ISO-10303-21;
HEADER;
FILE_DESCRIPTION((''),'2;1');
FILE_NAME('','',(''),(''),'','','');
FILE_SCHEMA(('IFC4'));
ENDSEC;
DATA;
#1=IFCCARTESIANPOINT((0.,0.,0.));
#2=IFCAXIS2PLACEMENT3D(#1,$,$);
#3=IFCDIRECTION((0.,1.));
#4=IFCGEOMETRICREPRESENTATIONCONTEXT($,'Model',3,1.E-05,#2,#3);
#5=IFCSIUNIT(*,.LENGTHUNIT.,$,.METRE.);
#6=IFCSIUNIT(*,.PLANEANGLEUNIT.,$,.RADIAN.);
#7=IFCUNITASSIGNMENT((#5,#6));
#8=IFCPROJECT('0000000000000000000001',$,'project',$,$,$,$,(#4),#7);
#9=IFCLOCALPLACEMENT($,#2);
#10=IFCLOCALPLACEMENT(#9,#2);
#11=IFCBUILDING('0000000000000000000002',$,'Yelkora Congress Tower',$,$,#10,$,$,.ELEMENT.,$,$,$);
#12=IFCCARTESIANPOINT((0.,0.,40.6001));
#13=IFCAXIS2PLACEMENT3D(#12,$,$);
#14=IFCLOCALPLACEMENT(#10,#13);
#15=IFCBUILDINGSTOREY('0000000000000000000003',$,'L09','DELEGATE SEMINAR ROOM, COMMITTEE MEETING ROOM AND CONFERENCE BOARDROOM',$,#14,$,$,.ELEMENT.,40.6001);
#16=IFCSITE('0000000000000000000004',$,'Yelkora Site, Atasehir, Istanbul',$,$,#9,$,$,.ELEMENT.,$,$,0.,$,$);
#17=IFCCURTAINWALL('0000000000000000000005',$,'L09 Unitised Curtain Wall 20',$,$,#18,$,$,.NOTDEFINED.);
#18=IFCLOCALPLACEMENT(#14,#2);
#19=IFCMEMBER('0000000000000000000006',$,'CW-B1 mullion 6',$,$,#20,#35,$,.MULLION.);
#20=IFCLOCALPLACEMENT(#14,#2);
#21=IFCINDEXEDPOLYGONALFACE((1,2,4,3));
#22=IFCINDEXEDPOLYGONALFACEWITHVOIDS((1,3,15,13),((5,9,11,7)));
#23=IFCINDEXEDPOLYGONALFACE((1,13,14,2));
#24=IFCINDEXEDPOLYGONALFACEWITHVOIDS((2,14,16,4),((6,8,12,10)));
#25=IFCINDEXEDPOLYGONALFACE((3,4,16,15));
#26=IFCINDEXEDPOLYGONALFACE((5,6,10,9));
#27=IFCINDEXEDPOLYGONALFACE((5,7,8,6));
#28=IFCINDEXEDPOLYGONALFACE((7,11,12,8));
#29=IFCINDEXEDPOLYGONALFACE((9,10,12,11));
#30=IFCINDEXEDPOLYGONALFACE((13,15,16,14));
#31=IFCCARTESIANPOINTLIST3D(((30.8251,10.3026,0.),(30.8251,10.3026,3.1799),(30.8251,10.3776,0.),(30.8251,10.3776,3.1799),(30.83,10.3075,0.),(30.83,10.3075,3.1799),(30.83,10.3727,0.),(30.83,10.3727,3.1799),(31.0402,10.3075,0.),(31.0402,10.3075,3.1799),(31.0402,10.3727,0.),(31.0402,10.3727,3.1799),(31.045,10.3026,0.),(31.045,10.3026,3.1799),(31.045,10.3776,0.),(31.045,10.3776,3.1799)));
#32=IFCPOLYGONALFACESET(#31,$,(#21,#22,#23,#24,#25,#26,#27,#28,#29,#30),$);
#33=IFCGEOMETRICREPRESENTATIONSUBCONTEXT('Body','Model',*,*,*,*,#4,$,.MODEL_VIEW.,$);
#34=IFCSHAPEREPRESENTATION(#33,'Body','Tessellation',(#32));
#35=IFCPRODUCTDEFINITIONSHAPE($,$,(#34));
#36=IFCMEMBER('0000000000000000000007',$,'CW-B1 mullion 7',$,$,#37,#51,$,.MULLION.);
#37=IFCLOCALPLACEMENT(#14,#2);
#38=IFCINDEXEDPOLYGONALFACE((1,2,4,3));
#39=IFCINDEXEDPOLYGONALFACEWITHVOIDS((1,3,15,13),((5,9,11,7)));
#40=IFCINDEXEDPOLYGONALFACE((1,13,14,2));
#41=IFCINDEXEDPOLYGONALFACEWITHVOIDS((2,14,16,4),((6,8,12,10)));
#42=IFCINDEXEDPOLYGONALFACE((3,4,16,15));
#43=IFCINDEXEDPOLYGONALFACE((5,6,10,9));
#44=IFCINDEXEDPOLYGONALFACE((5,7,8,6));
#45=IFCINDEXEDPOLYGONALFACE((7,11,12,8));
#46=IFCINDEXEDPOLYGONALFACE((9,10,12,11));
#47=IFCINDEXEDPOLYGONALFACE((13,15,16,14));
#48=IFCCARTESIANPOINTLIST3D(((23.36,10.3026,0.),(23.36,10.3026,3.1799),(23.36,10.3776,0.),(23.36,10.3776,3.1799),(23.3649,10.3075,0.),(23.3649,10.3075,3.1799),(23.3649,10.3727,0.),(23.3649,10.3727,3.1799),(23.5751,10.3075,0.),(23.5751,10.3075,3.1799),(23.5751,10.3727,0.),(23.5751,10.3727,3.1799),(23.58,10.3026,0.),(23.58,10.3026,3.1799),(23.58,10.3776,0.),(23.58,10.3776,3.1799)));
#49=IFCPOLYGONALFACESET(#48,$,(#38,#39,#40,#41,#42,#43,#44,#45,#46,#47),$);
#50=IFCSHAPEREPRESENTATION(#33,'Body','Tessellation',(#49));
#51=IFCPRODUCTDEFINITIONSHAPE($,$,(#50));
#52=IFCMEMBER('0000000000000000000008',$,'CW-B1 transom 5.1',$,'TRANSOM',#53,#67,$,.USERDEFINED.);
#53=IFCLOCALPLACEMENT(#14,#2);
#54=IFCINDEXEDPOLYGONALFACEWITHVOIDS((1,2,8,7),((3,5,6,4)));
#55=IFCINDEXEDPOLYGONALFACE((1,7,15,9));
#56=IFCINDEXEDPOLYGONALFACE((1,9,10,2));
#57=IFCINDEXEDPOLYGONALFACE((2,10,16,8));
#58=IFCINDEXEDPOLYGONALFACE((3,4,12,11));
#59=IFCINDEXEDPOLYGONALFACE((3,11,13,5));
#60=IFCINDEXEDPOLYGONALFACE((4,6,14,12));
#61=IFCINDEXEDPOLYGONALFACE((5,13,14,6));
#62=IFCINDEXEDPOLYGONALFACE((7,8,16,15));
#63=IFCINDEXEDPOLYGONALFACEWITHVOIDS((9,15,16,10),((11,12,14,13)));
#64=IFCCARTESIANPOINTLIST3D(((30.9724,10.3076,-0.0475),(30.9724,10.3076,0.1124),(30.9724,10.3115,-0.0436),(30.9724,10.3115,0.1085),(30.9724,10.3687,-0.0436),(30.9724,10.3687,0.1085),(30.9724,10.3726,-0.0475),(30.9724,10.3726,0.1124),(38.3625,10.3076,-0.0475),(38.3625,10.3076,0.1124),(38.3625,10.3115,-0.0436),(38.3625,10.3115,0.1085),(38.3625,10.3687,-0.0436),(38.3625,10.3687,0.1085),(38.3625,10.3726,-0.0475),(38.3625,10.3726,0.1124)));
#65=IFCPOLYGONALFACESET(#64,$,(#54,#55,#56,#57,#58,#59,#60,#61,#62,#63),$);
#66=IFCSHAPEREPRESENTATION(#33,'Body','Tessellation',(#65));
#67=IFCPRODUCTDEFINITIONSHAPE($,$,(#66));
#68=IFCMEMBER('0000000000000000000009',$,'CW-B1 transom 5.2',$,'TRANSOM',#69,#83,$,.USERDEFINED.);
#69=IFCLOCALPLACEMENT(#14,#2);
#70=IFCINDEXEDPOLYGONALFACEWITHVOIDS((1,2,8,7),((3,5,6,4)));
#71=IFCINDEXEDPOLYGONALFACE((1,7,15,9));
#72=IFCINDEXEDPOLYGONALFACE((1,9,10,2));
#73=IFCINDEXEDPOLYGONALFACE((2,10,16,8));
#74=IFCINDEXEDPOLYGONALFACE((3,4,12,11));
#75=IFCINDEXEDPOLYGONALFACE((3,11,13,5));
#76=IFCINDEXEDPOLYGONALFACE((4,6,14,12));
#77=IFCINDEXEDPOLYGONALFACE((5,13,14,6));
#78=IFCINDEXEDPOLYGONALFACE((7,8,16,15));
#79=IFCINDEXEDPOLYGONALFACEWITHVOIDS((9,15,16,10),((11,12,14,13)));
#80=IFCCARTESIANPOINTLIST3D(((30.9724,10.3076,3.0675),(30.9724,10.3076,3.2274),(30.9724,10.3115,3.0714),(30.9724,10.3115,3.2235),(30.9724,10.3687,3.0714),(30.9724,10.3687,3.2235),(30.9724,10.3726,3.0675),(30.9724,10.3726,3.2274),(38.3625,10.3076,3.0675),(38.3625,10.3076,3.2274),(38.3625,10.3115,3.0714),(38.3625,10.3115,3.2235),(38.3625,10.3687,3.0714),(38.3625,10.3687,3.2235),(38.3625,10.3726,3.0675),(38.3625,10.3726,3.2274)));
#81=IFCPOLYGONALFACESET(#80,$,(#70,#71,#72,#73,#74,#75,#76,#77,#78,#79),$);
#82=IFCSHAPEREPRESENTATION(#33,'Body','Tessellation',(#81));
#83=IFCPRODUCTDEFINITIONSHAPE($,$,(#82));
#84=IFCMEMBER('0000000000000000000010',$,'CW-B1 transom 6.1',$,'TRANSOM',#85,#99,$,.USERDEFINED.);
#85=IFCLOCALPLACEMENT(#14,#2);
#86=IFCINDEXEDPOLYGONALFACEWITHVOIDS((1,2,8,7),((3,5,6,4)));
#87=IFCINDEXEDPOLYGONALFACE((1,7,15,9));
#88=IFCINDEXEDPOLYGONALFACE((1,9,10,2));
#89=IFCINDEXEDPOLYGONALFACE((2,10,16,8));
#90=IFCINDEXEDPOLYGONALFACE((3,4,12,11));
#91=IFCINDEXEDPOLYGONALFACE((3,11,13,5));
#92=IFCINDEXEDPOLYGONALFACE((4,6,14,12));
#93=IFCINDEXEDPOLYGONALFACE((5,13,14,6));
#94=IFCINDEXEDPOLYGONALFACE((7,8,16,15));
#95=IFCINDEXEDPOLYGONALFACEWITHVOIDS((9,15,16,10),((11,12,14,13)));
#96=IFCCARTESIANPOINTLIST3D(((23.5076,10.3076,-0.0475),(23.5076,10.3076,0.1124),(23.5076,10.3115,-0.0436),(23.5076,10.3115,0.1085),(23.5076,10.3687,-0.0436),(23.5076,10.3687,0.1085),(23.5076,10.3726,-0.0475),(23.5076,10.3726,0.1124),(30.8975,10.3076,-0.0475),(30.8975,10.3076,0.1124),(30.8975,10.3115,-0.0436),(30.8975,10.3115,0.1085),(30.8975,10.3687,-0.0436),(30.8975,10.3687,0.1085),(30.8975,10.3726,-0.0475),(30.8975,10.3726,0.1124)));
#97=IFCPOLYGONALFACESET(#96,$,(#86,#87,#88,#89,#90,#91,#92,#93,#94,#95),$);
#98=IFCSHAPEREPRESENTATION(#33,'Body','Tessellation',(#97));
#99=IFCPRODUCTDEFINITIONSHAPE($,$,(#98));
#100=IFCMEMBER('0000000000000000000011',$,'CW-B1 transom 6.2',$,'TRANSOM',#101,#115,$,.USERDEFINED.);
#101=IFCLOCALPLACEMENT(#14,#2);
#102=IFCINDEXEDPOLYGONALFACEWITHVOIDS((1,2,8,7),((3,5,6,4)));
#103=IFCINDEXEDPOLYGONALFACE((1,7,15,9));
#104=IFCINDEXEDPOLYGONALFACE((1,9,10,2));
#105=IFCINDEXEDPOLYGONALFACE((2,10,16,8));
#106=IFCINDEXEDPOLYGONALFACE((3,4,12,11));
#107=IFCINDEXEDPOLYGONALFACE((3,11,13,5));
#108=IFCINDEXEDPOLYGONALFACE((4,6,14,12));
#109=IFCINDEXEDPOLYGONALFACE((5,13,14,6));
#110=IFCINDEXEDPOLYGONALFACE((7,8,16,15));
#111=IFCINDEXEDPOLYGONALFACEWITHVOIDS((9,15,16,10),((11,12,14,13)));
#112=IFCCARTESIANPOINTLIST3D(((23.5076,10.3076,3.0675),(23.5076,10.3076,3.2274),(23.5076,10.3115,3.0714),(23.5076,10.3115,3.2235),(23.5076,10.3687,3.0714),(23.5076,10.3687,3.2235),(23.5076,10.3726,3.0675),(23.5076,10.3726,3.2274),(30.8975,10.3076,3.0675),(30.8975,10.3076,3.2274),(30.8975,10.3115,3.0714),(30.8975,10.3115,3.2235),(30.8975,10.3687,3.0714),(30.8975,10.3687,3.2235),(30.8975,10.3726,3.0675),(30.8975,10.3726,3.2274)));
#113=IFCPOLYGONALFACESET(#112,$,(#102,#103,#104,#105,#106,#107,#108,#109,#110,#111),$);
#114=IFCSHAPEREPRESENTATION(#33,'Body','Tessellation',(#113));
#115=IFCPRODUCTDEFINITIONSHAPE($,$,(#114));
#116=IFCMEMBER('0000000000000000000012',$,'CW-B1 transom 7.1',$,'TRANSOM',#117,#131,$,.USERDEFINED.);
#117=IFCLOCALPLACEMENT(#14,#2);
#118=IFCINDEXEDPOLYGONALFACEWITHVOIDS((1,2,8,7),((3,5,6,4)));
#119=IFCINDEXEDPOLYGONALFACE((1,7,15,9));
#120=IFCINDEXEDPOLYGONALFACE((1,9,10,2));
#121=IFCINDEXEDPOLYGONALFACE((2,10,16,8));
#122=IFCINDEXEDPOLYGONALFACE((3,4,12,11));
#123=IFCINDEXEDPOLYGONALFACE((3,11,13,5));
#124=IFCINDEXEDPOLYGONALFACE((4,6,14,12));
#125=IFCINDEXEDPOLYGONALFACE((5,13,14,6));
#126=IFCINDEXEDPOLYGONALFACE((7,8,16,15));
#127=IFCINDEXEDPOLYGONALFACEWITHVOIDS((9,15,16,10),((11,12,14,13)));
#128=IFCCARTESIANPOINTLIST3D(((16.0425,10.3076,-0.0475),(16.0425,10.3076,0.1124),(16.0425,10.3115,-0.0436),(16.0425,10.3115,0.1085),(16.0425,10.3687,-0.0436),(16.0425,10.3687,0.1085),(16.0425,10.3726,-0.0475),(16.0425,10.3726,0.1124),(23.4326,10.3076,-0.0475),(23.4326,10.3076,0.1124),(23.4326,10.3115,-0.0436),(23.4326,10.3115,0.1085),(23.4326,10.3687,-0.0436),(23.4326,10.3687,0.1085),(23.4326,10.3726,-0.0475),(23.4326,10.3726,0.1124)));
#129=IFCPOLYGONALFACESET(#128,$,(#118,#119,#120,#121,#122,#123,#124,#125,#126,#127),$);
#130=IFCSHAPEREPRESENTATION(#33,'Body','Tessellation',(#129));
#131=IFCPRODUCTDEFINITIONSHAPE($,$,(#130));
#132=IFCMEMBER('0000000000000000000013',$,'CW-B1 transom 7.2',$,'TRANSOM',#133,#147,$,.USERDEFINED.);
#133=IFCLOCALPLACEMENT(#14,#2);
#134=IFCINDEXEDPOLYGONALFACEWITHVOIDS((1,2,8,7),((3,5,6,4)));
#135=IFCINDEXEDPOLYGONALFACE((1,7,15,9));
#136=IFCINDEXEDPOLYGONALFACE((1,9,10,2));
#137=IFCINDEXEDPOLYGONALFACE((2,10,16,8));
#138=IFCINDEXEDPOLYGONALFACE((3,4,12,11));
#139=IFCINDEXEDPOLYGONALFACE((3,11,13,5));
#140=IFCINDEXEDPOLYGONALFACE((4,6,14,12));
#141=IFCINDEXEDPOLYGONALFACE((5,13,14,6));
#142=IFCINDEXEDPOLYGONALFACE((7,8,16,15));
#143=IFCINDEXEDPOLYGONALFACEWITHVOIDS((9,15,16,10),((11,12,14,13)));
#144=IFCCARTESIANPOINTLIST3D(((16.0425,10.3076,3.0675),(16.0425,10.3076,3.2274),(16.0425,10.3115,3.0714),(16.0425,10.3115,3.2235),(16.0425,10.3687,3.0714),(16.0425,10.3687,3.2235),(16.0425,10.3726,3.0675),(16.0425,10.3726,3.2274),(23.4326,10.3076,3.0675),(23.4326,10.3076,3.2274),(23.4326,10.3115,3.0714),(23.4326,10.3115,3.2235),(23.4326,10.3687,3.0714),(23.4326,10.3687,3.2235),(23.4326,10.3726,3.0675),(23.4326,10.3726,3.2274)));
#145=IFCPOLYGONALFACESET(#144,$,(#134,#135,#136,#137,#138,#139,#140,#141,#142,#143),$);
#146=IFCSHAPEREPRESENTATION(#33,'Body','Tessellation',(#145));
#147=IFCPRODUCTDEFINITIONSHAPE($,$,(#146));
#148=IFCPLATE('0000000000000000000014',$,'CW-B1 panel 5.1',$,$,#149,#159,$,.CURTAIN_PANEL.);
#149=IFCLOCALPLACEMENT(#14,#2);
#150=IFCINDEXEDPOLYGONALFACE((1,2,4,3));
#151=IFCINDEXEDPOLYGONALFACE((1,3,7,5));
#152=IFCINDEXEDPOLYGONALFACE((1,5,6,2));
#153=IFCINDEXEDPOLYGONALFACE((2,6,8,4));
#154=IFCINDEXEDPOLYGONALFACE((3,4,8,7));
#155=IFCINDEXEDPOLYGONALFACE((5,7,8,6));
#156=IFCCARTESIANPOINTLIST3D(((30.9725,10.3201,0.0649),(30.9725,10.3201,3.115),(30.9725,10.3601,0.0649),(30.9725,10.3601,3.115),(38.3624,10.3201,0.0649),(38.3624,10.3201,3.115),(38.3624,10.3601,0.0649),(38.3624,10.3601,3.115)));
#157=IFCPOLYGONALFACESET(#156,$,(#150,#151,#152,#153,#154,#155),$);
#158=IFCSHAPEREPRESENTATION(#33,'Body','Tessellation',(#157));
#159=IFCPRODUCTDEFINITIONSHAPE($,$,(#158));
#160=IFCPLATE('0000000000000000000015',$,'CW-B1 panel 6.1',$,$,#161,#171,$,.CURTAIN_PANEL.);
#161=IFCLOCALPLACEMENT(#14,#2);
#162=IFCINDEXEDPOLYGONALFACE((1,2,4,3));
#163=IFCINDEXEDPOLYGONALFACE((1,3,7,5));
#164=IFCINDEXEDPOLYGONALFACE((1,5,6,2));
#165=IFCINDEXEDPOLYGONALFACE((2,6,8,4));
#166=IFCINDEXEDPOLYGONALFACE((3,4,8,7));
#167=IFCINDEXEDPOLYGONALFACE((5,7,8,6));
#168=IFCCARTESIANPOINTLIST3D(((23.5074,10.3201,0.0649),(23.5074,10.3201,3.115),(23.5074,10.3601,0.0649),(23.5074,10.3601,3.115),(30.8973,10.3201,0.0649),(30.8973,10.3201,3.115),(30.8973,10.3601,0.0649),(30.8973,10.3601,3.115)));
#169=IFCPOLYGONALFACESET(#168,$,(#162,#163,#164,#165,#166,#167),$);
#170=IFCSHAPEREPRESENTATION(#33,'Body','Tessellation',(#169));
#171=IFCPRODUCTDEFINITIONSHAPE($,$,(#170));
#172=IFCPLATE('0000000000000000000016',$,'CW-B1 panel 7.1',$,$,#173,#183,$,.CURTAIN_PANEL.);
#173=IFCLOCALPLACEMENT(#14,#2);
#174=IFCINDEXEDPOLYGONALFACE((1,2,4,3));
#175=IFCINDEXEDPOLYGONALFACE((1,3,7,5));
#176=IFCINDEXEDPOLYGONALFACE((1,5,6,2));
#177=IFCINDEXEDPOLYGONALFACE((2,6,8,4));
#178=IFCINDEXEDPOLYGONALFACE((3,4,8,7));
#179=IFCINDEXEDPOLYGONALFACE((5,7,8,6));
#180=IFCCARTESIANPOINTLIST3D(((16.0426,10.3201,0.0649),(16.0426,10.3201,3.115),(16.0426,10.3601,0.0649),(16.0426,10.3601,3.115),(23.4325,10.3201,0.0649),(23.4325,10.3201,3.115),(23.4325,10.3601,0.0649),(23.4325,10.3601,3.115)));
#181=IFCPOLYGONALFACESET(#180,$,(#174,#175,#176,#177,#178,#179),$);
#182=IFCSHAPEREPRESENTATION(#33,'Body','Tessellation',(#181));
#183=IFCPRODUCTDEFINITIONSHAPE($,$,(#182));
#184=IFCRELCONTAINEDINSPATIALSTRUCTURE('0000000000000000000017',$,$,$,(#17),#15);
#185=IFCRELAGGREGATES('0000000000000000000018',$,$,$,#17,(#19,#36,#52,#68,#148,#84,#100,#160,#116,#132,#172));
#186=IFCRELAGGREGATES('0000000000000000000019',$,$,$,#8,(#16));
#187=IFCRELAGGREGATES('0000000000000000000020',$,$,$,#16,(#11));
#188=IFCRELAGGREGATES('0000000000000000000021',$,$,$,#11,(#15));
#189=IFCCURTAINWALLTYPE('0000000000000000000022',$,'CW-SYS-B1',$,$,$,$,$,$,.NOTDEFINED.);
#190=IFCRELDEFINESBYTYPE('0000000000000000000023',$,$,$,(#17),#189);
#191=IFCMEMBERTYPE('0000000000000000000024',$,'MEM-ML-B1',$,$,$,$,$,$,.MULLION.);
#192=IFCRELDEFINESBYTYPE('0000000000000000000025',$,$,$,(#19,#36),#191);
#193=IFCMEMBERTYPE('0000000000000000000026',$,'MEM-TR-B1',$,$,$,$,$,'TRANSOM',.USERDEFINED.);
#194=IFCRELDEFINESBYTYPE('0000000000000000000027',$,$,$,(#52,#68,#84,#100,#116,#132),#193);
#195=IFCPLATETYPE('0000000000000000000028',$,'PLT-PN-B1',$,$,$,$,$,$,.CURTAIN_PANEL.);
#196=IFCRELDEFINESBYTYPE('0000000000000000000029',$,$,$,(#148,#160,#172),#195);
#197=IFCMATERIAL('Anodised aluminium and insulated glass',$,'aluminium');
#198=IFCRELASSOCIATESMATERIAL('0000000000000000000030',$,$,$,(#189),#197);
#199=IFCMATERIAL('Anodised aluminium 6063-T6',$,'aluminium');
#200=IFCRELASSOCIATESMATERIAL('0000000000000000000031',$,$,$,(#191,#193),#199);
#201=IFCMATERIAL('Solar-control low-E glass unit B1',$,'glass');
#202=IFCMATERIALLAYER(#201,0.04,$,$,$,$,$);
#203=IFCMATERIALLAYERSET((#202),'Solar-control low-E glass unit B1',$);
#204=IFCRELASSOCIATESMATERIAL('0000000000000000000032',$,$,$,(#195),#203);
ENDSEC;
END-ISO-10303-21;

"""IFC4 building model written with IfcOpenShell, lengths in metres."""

from ifc_helpers import new_model, si_unit, direction, frame, origin, origin_2d, place, context, subcontext, project, spatial, rectangle, hollow_rectangle, extrude, material, layer, layer_set, material_profile, profile_set, type_object, element, aggregate, save


model = new_model("IFC4")

# Units and contexts
model_context = context("Model", 3, precision=1e-05, world=origin(), true_north=direction((0.0, 1.0)))
body_context = subcontext(model_context, "Body", "Model", "MODEL_VIEW")
ifc_project = project(units=[si_unit("LENGTHUNIT", "METRE"), si_unit("PLANEANGLEUNIT", "RADIAN")], contexts=[model_context])

# Site, building, storey
site_placement = place(None, origin())
site = spatial("IfcSite", under=ifc_project, at=site_placement, Name="Yelkora Site, Atasehir, Istanbul", CompositionType="ELEMENT", RefElevation=0.0)
building_placement = place(site_placement, origin())
building = spatial("IfcBuilding", under=site, at=building_placement, Name="Yelkora Congress Tower", CompositionType="ELEMENT")
storey_placement = place(building_placement, frame((0.0, 0.0, 40.6001)))
storey = spatial("IfcBuildingStorey", under=building, at=storey_placement, Name="L09", Description="DELEGATE SEMINAR ROOM, COMMITTEE MEETING ROOM AND CONFERENCE BOARDROOM", CompositionType="ELEMENT", Elevation=40.6001)

# Curtain wall, members, plates
ifc_material_1 = material(Name="Anodised aluminium and insulated glass", Category="aluminium")
curtain_wall_type = type_object("IfcCurtainWallType", Name="CW-SYS-B1", PredefinedType="NOTDEFINED", material=ifc_material_1)
curtain_wall_placement = place(storey_placement, origin())
curtain_wall = element("IfcCurtainWall", 1, at=curtain_wall_placement, inside=storey, type_object=curtain_wall_type, Name="L09 Unitised Curtain Wall 20", PredefinedType="NOTDEFINED")
ifc_material_2 = material(Name="Anodised aluminium 6063-T6", Category="aluminium")
ifc_material_profile_1 = material_profile(ifc_material_2, hollow_rectangle(XDim=0.075, YDim=0.22, WallThickness=0.0049, at=origin_2d()), Name="ALU 75x220x5")
ifc_profile_set_1 = profile_set([ifc_material_profile_1], Name="Anodised aluminium 6063-T6")
member_type_1 = type_object("IfcMemberType", Name="MEM-ML-B1", PredefinedType="MULLION", material=ifc_profile_set_1)
member_1_placement = place(storey_placement, frame((30.9351, 10.3401, 0.0), z_axis=(0.0, 0.0, 1.0), x_axis=(0.0, -1.0, 0.0)))
member_1 = element("IfcMember", 2, at=member_1_placement, type_object=member_type_1, Name="CW-B1 mullion 6", PredefinedType="MULLION", context=body_context, shape_type="SweptSolid", body=[
    extrude(hollow_rectangle(XDim=0.075, YDim=0.22, WallThickness=0.0049, at=origin_2d()), origin(), (0.0, 0.0, 1.0), 3.1799),
])
member_2_placement = place(storey_placement, frame((23.47, 10.3401, 0.0), z_axis=(0.0, 0.0, 1.0), x_axis=(0.0, -1.0, 0.0)))
member_2 = element("IfcMember", 3, at=member_2_placement, type_object=member_type_1, Name="CW-B1 mullion 7", PredefinedType="MULLION", context=body_context, shape_type="SweptSolid", body=[
    extrude(hollow_rectangle(XDim=0.075, YDim=0.22, WallThickness=0.0049, at=origin_2d()), origin(), (0.0, 0.0, 1.0), 3.1799),
])
ifc_material_profile_2 = material_profile(ifc_material_2, hollow_rectangle(XDim=0.0649, YDim=0.1599, WallThickness=0.0039, at=origin_2d()), Name="ALU 65x160x4")
ifc_profile_set_2 = profile_set([ifc_material_profile_2], Name="Anodised aluminium 6063-T6")
member_type_2 = type_object("IfcMemberType", Name="MEM-TR-B1", ElementType="TRANSOM", PredefinedType="USERDEFINED", material=ifc_profile_set_2)
member_3_placement = place(storey_placement, frame((38.3625, 10.3401, 0.0325), z_axis=(-1.0, 0.0, 0.0), x_axis=(0.0, -1.0, 0.0)))
member_3 = element("IfcMember", 4, at=member_3_placement, type_object=member_type_2, Name="CW-B1 transom 5.1", ObjectType="TRANSOM", PredefinedType="USERDEFINED", context=body_context, shape_type="SweptSolid", body=[
    extrude(hollow_rectangle(XDim=0.0649, YDim=0.1599, WallThickness=0.0039, at=origin_2d()), origin(), (0.0, 0.0, 1.0), 7.3901),
])
member_4_placement = place(storey_placement, frame((38.3625, 10.3401, 3.1475), z_axis=(-1.0, 0.0, 0.0), x_axis=(0.0, -1.0, 0.0)))
member_4 = element("IfcMember", 5, at=member_4_placement, type_object=member_type_2, Name="CW-B1 transom 5.2", ObjectType="TRANSOM", PredefinedType="USERDEFINED", context=body_context, shape_type="SweptSolid", body=[
    extrude(hollow_rectangle(XDim=0.0649, YDim=0.1599, WallThickness=0.0039, at=origin_2d()), origin(), (0.0, 0.0, 1.0), 7.3901),
])
member_5_placement = place(storey_placement, frame((30.8975, 10.3401, 0.0325), z_axis=(-1.0, 0.0, 0.0), x_axis=(0.0, -1.0, 0.0)))
member_5 = element("IfcMember", 6, at=member_5_placement, type_object=member_type_2, Name="CW-B1 transom 6.1", ObjectType="TRANSOM", PredefinedType="USERDEFINED", context=body_context, shape_type="SweptSolid", body=[
    extrude(hollow_rectangle(XDim=0.0649, YDim=0.1599, WallThickness=0.0039, at=origin_2d()), origin(), (0.0, 0.0, 1.0), 7.3899),
])
member_6_placement = place(storey_placement, frame((30.8975, 10.3401, 3.1475), z_axis=(-1.0, 0.0, 0.0), x_axis=(0.0, -1.0, 0.0)))
member_6 = element("IfcMember", 7, at=member_6_placement, type_object=member_type_2, Name="CW-B1 transom 6.2", ObjectType="TRANSOM", PredefinedType="USERDEFINED", context=body_context, shape_type="SweptSolid", body=[
    extrude(hollow_rectangle(XDim=0.0649, YDim=0.1599, WallThickness=0.0039, at=origin_2d()), origin(), (0.0, 0.0, 1.0), 7.3899),
])
member_7_placement = place(storey_placement, frame((23.4326, 10.3401, 0.0325), z_axis=(-1.0, 0.0, 0.0), x_axis=(0.0, -1.0, 0.0)))
member_7 = element("IfcMember", 8, at=member_7_placement, type_object=member_type_2, Name="CW-B1 transom 7.1", ObjectType="TRANSOM", PredefinedType="USERDEFINED", context=body_context, shape_type="SweptSolid", body=[
    extrude(hollow_rectangle(XDim=0.0649, YDim=0.1599, WallThickness=0.0039, at=origin_2d()), origin(), (0.0, 0.0, 1.0), 7.3901),
])
member_8_placement = place(storey_placement, frame((23.4326, 10.3401, 3.1475), z_axis=(-1.0, 0.0, 0.0), x_axis=(0.0, -1.0, 0.0)))
member_8 = element("IfcMember", 9, at=member_8_placement, type_object=member_type_2, Name="CW-B1 transom 7.2", ObjectType="TRANSOM", PredefinedType="USERDEFINED", context=body_context, shape_type="SweptSolid", body=[
    extrude(hollow_rectangle(XDim=0.0649, YDim=0.1599, WallThickness=0.0039, at=origin_2d()), origin(), (0.0, 0.0, 1.0), 7.3901),
])
ifc_material_3 = material(Name="Solar-control low-E glass unit B1", Category="glass")
ifc_layer_1 = layer(ifc_material_3, 0.04)
ifc_layer_set_1 = layer_set([ifc_layer_1], Name="Solar-control low-E glass unit B1")
plate_type = type_object("IfcPlateType", Name="PLT-PN-B1", PredefinedType="CURTAIN_PANEL", material=ifc_layer_set_1)
plate_1_placement = place(storey_placement, frame((34.6675, 10.3401, 0.0649), z_axis=(0.0, 0.0, 1.0), x_axis=(-1.0, 0.0, 0.0)))
plate_1 = element("IfcPlate", 10, at=plate_1_placement, type_object=plate_type, Name="CW-B1 panel 5.1", PredefinedType="CURTAIN_PANEL", context=body_context, shape_type="SweptSolid", body=[
    extrude(rectangle(XDim=7.3899, YDim=0.04, at=origin_2d()), origin(), (0.0, 0.0, 1.0), 3.05),
])
plate_2_placement = place(storey_placement, frame((27.2024, 10.3401, 0.0649), z_axis=(0.0, 0.0, 1.0), x_axis=(-1.0, 0.0, 0.0)))
plate_2 = element("IfcPlate", 11, at=plate_2_placement, type_object=plate_type, Name="CW-B1 panel 6.1", PredefinedType="CURTAIN_PANEL", context=body_context, shape_type="SweptSolid", body=[
    extrude(rectangle(XDim=7.3899, YDim=0.04, at=origin_2d()), origin(), (0.0, 0.0, 1.0), 3.05),
])
plate_3_placement = place(storey_placement, frame((19.7375, 10.3401, 0.0649), z_axis=(0.0, 0.0, 1.0), x_axis=(-1.0, 0.0, 0.0)))
plate_3 = element("IfcPlate", 12, at=plate_3_placement, type_object=plate_type, Name="CW-B1 panel 7.1", PredefinedType="CURTAIN_PANEL", context=body_context, shape_type="SweptSolid", body=[
    extrude(rectangle(XDim=7.3899, YDim=0.04, at=origin_2d()), origin(), (0.0, 0.0, 1.0), 3.05),
])
aggregate(curtain_wall, [member_1, member_2, member_3, member_4, plate_1, member_5, member_6, plate_2, member_7, member_8, plate_3])

save(model, "model.ifc")
